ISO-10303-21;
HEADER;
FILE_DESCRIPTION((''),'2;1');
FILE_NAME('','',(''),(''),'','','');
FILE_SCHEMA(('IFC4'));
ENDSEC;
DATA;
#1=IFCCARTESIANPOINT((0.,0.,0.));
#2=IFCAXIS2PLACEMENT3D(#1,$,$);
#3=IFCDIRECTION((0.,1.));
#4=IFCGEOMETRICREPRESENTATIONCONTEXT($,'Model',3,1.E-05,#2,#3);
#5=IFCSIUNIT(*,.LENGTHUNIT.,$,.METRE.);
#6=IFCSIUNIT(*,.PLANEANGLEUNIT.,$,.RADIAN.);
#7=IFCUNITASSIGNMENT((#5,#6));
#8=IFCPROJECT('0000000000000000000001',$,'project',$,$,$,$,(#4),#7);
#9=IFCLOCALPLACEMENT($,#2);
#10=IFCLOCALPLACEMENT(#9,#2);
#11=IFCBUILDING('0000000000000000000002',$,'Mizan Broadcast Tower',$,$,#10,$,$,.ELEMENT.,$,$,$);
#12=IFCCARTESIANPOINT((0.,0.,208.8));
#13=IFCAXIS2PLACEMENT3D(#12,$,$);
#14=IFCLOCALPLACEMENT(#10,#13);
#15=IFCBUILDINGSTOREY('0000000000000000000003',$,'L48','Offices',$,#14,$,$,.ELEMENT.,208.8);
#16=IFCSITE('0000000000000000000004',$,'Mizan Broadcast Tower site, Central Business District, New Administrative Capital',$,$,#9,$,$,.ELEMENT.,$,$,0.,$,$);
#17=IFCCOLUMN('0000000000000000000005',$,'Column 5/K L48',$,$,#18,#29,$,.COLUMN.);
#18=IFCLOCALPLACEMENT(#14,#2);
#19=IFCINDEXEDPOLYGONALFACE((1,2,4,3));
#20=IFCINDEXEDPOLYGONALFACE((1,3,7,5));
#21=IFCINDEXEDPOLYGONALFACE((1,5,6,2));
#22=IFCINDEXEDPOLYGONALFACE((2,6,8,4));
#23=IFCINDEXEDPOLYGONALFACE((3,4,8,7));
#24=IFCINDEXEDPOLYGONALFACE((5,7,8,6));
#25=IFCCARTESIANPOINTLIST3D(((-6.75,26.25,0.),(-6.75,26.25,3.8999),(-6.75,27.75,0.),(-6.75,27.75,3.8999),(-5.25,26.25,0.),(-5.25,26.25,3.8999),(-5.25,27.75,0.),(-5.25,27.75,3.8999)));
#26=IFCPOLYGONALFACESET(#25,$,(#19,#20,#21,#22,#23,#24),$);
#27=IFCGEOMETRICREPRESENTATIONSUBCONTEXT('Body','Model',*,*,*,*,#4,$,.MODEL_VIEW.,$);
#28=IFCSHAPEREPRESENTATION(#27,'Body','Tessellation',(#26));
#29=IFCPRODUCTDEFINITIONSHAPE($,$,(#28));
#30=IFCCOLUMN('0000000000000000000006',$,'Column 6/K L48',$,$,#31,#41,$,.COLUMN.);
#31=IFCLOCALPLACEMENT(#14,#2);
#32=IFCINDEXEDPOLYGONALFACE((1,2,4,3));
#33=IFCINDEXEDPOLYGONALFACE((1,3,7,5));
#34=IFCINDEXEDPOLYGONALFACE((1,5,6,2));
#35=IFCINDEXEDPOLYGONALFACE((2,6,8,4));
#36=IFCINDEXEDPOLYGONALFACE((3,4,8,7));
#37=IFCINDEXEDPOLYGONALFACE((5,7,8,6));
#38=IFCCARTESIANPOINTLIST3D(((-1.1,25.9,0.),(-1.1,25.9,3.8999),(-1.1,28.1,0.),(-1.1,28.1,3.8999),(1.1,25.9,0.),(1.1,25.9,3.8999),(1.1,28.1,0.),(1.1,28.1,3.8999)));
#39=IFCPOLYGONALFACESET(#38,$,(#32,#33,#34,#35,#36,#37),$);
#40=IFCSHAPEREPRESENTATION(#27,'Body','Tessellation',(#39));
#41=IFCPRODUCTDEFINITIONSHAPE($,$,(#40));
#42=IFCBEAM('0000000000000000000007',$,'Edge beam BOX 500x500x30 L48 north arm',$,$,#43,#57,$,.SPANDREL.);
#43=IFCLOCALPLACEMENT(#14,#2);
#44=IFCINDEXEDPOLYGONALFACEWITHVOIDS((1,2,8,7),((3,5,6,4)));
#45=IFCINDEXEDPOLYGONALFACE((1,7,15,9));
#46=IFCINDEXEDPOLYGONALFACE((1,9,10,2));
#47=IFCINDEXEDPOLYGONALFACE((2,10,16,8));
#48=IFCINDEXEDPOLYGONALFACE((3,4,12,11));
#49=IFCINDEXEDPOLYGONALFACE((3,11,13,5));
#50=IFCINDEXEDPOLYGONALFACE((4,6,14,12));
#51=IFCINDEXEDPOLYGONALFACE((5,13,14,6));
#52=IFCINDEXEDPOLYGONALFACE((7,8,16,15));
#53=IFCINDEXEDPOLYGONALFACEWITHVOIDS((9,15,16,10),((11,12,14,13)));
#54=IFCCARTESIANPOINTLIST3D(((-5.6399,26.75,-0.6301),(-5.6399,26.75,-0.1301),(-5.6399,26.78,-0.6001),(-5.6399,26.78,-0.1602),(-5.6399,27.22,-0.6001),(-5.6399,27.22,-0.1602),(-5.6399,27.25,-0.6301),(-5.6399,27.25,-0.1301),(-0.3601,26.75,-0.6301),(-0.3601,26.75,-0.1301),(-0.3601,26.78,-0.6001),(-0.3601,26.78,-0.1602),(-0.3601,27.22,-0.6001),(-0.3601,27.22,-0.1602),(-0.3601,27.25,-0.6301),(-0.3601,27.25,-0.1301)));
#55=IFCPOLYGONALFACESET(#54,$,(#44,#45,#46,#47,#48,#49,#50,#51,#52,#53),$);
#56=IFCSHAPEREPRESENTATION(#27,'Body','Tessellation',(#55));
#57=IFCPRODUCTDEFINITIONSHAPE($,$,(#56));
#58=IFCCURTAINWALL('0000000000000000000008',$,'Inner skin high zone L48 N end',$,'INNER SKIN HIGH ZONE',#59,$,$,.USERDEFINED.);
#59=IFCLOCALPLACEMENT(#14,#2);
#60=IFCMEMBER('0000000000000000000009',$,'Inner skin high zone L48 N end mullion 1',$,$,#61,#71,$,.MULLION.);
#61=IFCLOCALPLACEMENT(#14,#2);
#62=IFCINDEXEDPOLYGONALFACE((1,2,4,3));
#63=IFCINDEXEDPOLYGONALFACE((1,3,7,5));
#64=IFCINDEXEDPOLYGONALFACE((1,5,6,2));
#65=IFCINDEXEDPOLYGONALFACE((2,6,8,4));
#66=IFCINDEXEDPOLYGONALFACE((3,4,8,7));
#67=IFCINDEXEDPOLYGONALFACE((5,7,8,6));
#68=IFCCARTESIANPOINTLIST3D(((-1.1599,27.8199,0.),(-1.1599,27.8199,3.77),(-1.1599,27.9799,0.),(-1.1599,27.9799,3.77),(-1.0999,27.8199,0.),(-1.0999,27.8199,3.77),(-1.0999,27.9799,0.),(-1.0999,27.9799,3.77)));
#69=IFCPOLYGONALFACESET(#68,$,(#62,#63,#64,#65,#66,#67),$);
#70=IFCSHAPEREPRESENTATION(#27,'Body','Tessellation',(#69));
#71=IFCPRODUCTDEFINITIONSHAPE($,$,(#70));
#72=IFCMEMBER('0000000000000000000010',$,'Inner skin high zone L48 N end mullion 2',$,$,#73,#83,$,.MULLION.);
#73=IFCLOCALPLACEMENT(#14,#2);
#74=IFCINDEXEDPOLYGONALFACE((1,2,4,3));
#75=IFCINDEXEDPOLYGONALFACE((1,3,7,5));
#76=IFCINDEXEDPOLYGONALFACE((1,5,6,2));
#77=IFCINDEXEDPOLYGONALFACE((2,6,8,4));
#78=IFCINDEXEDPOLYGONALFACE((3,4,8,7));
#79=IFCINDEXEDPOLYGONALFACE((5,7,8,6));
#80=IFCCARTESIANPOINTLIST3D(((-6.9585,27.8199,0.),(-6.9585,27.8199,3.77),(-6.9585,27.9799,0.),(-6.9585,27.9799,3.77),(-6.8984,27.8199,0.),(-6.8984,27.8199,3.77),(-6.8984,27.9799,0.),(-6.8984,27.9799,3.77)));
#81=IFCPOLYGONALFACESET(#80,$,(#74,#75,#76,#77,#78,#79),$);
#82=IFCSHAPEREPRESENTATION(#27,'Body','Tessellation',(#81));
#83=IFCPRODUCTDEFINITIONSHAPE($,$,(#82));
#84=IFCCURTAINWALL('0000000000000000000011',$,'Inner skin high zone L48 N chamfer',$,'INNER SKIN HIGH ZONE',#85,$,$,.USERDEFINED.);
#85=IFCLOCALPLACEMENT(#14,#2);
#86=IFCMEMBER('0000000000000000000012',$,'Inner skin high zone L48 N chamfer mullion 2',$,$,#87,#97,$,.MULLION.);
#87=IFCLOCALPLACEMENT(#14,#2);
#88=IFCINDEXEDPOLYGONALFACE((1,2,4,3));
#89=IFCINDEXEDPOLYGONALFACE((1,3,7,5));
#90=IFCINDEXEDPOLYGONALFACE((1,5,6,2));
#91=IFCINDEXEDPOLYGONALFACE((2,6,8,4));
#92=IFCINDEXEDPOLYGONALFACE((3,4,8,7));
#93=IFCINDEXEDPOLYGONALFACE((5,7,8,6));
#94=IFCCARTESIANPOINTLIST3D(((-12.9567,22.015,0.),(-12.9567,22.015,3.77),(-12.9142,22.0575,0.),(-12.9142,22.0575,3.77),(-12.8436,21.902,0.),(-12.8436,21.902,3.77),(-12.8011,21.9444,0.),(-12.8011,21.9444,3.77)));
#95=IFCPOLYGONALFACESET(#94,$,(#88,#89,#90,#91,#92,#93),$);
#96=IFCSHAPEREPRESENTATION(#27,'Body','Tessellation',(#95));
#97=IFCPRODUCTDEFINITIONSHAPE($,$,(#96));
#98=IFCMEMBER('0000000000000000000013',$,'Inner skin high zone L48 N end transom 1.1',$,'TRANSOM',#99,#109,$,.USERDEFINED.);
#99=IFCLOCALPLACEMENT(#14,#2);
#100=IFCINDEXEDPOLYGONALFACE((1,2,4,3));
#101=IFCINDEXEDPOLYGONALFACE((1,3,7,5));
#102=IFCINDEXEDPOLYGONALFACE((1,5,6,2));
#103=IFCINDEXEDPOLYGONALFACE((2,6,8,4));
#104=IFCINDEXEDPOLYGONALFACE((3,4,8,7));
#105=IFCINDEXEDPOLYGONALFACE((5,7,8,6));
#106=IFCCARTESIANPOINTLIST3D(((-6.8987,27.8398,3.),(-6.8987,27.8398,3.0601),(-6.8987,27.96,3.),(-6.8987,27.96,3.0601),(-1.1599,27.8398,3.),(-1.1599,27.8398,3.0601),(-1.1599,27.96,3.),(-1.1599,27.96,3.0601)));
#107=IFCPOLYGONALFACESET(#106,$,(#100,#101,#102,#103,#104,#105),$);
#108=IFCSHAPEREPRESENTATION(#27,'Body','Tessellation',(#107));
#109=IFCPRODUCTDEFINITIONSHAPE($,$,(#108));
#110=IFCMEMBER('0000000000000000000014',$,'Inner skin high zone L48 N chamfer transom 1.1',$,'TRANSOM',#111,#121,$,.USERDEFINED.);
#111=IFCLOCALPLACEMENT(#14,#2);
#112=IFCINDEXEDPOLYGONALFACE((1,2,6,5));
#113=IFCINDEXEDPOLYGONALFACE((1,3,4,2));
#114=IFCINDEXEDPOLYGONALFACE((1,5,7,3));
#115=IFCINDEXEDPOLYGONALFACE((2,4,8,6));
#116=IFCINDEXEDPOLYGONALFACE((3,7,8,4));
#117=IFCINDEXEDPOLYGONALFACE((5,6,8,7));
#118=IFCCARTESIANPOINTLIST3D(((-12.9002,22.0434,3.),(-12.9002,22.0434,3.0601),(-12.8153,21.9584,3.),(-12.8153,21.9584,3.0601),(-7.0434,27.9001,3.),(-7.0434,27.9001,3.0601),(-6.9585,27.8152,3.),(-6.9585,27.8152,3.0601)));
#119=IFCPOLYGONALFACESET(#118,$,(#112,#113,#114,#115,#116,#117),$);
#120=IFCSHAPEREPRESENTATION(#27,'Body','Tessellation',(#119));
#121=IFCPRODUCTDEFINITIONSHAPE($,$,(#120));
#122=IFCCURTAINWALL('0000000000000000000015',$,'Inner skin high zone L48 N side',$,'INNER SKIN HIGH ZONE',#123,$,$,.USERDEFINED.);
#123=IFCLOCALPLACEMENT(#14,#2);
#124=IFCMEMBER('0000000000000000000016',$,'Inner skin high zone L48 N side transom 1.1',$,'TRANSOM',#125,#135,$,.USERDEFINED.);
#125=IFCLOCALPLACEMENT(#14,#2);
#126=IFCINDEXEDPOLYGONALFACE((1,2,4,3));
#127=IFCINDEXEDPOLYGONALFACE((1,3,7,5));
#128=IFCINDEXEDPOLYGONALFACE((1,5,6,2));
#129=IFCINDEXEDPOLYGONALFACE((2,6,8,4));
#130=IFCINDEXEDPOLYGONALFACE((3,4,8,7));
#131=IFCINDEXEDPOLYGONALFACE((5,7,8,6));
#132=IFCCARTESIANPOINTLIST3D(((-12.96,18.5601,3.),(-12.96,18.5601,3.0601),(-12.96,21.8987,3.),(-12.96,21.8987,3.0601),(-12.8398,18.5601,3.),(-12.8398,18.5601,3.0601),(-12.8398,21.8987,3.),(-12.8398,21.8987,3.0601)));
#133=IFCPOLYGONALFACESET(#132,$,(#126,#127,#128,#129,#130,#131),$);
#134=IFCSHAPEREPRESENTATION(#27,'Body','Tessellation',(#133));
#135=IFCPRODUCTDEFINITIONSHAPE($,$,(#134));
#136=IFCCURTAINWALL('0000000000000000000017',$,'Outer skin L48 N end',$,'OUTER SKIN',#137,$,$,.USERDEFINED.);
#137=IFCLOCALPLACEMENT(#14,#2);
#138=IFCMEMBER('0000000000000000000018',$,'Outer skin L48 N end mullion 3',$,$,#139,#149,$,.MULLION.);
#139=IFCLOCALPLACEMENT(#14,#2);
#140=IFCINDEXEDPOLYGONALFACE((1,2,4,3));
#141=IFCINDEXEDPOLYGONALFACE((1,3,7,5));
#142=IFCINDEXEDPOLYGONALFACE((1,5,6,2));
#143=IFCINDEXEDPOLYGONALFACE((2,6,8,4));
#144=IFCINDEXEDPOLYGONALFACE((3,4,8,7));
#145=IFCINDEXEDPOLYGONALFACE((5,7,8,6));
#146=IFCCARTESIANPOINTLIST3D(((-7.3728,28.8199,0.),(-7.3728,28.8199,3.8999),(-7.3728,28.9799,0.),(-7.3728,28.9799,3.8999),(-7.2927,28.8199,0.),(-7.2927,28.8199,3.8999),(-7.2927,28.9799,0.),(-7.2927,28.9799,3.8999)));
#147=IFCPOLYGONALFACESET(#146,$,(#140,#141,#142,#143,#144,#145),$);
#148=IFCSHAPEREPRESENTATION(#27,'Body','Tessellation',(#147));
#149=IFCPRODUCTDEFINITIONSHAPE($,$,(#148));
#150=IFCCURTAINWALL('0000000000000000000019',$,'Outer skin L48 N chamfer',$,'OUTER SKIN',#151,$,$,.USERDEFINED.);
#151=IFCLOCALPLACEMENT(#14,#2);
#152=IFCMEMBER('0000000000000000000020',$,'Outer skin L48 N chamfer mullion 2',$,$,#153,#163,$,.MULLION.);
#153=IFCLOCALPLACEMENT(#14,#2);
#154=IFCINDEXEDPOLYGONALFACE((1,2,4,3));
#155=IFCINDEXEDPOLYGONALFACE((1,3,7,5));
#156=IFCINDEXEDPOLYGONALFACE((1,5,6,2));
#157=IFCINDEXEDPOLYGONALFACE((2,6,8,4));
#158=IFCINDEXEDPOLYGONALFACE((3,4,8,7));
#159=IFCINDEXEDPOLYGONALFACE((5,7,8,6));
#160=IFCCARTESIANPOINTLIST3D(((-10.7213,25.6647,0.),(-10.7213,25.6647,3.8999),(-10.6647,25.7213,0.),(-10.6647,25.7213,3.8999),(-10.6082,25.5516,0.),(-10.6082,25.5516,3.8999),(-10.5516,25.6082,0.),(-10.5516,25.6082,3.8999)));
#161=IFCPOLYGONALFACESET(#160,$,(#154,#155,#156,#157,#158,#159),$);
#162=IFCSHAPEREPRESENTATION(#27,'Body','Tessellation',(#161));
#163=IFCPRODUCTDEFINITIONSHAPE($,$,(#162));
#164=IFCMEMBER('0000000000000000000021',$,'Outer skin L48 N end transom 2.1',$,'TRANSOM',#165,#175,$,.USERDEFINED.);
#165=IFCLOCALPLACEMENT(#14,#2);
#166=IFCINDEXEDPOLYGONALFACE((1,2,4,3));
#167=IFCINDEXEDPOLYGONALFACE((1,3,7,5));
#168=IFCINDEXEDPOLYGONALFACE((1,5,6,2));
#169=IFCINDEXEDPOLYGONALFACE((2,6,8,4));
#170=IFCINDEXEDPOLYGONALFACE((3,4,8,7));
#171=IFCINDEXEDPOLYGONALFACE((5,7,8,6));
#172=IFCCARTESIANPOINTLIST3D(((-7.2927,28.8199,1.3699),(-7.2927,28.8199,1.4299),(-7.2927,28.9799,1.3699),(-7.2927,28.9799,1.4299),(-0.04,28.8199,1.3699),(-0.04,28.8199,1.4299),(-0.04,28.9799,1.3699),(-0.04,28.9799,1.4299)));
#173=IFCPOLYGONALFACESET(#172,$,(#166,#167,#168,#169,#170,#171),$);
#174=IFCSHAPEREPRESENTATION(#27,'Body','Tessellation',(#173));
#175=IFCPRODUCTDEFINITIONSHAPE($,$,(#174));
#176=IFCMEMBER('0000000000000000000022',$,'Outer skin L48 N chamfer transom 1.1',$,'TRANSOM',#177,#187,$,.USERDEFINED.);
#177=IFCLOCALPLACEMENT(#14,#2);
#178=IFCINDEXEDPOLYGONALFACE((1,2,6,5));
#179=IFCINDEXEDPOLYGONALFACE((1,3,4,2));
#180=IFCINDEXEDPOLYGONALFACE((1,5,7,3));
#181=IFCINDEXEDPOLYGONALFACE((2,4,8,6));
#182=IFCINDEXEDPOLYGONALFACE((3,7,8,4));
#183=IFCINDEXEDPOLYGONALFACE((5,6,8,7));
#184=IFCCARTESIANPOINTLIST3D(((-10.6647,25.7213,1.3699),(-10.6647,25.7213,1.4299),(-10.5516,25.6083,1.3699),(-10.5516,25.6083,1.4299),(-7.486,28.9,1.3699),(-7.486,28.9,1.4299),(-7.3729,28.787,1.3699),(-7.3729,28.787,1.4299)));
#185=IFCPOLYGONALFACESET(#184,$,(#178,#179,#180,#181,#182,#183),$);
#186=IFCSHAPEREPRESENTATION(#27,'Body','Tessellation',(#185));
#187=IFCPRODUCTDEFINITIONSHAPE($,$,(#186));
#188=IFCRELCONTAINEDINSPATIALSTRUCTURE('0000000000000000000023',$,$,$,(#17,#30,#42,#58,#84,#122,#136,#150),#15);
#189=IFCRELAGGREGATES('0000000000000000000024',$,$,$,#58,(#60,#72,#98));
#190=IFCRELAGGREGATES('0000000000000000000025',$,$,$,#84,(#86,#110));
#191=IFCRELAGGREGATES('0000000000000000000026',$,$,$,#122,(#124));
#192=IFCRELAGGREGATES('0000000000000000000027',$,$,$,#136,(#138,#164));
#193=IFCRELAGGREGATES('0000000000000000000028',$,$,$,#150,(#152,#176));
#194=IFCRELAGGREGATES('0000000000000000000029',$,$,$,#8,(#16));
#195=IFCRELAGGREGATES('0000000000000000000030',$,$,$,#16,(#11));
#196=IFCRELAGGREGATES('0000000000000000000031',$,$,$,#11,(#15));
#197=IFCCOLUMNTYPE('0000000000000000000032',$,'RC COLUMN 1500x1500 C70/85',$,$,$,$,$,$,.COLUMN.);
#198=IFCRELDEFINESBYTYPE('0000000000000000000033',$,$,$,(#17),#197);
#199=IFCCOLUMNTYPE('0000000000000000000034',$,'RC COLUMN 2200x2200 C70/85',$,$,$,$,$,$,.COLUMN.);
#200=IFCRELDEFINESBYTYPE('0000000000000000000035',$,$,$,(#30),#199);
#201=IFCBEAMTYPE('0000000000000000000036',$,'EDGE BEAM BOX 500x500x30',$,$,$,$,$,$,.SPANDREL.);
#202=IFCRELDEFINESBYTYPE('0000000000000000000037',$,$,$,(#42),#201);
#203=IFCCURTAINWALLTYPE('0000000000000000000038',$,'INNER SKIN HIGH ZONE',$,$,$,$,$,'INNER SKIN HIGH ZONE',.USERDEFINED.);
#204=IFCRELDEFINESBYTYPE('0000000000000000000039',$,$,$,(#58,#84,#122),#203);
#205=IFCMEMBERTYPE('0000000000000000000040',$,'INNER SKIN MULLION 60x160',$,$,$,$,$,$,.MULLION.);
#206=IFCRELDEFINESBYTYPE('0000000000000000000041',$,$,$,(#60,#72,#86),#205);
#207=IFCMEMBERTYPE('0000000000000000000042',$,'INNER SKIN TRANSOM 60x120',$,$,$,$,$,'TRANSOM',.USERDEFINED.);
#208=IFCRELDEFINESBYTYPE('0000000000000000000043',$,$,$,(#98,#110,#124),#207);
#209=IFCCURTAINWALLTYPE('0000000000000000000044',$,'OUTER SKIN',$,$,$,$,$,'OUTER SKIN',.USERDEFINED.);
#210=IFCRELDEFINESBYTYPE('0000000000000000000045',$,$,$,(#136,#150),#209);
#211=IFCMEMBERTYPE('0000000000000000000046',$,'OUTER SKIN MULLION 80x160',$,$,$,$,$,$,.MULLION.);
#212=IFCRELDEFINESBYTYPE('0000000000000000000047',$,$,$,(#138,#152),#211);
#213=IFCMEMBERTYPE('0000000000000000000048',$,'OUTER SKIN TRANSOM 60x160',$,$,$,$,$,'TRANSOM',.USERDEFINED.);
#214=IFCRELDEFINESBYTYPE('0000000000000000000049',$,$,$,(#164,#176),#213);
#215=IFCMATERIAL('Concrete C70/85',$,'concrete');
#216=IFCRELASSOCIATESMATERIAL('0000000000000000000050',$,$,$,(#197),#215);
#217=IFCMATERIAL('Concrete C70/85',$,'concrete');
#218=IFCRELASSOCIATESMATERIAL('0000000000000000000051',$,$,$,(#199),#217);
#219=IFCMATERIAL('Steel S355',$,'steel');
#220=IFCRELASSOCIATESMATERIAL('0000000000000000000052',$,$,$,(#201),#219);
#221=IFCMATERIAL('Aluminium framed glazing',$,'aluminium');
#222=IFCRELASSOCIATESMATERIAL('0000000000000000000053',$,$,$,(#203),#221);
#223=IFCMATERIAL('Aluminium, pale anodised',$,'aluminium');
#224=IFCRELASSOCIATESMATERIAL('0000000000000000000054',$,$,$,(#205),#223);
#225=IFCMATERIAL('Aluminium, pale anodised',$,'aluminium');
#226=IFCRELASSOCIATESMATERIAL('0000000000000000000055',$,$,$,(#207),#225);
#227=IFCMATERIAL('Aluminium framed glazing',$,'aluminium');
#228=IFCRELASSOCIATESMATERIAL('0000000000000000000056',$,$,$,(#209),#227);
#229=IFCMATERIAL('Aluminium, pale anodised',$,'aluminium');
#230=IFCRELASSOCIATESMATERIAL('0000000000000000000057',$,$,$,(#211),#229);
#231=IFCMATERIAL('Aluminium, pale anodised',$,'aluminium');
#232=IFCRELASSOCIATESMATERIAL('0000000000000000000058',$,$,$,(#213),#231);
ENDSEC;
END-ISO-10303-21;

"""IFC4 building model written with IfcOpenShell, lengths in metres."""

from ifc_helpers import new_model, si_unit, direction, frame, origin, origin_2d, place, context, subcontext, project, spatial, rectangle, hollow_rectangle, extrude, material, material_profile, profile_set, type_object, element, aggregate, save


model = new_model("IFC4")

# Units and contexts
model_context = context("Model", 3, precision=1e-05, world=origin(), true_north=direction((0.0, 1.0)))
body_context = subcontext(model_context, "Body", "Model", "MODEL_VIEW")
ifc_project = project(units=[si_unit("LENGTHUNIT", "METRE"), si_unit("PLANEANGLEUNIT", "RADIAN")], contexts=[model_context])

# Site, building, storey
site_placement = place(None, origin())
site = spatial("IfcSite", under=ifc_project, at=site_placement, Name="Mizan Broadcast Tower site, Central Business District, New Administrative Capital", CompositionType="ELEMENT", RefElevation=0.0)
building_placement = place(site_placement, origin())
building = spatial("IfcBuilding", under=site, at=building_placement, Name="Mizan Broadcast Tower", CompositionType="ELEMENT")
storey_placement = place(building_placement, frame((0.0, 0.0, 208.8)))
storey = spatial("IfcBuildingStorey", under=building, at=storey_placement, Name="L48", Description="Offices", CompositionType="ELEMENT", Elevation=208.8)

# Columns
ifc_material_1 = material(Name="Concrete C70/85", Category="concrete")
ifc_material_profile_1 = material_profile(ifc_material_1, rectangle(XDim=1.5, YDim=1.5, at=origin_2d()), Name="RC 1500x1500")
ifc_profile_set_1 = profile_set([ifc_material_profile_1], Name="Concrete C70/85")
column_type_1 = type_object("IfcColumnType", Name="RC COLUMN 1500x1500 C70/85", PredefinedType="COLUMN", material=ifc_profile_set_1)
column_1_placement = place(storey_placement, frame((-6.0, 27.0, 0.0), z_axis=(0.0, 0.0, 1.0), x_axis=(1.0, 0.0, 0.0)))
element("IfcColumn", 1, at=column_1_placement, inside=storey, type_object=column_type_1, Name="Column 5/K L48", PredefinedType="COLUMN", context=body_context, shape_type="SweptSolid", body=[
    extrude(rectangle(XDim=1.5, YDim=1.5, at=origin_2d()), origin(), (0.0, 0.0, 1.0), 3.8999),
])
ifc_material_2 = material(Name="Concrete C70/85", Category="concrete")
ifc_material_profile_2 = material_profile(ifc_material_2, rectangle(XDim=2.2, YDim=2.2, at=origin_2d()), Name="RC 2200x2200")
ifc_profile_set_2 = profile_set([ifc_material_profile_2], Name="Concrete C70/85")
column_type_2 = type_object("IfcColumnType", Name="RC COLUMN 2200x2200 C70/85", PredefinedType="COLUMN", material=ifc_profile_set_2)
column_2_placement = place(storey_placement, frame((0.0, 27.0, 0.0), z_axis=(0.0, 0.0, 1.0), x_axis=(1.0, 0.0, 0.0)))
element("IfcColumn", 2, at=column_2_placement, inside=storey, type_object=column_type_2, Name="Column 6/K L48", PredefinedType="COLUMN", context=body_context, shape_type="SweptSolid", body=[
    extrude(rectangle(XDim=2.2, YDim=2.2, at=origin_2d()), origin(), (0.0, 0.0, 1.0), 3.8999),
])

# Beam
ifc_material_3 = material(Name="Steel S355", Category="steel")
ifc_material_profile_3 = material_profile(ifc_material_3, hollow_rectangle(XDim=0.5, YDim=0.5, WallThickness=0.03, at=origin_2d()), Name="BOX 500x500x30")
ifc_profile_set_3 = profile_set([ifc_material_profile_3], Name="Steel S355")
beam_type_1 = type_object("IfcBeamType", Name="EDGE BEAM BOX 500x500x30", PredefinedType="SPANDREL", material=ifc_profile_set_3)
beam_1_placement = place(storey_placement, frame((-5.6399, 27.0, -0.3801), z_axis=(1.0, 0.0, 0.0), x_axis=(0.0, 1.0, 0.0)))
element("IfcBeam", 3, at=beam_1_placement, inside=storey, type_object=beam_type_1, Name="Edge beam BOX 500x500x30 L48 north arm", PredefinedType="SPANDREL", context=body_context, shape_type="SweptSolid", body=[
    extrude(hollow_rectangle(XDim=0.5, YDim=0.5, WallThickness=0.03, at=origin_2d()), origin(), (0.0, 0.0, 1.0), 5.2798),
])

# Curtain wall, members
ifc_material_4 = material(Name="Aluminium framed glazing", Category="aluminium")
curtain_wall_type_1 = type_object("IfcCurtainWallType", Name="INNER SKIN HIGH ZONE", ElementType="INNER SKIN HIGH ZONE", PredefinedType="USERDEFINED", material=ifc_material_4)
curtain_wall_1_placement = place(storey_placement, origin())
curtain_wall_1 = element("IfcCurtainWall", 4, at=curtain_wall_1_placement, inside=storey, type_object=curtain_wall_type_1, Name="Inner skin high zone L48 N end", ObjectType="INNER SKIN HIGH ZONE", PredefinedType="USERDEFINED")
ifc_material_5 = material(Name="Aluminium, pale anodised", Category="aluminium")
ifc_material_profile_4 = material_profile(ifc_material_5, rectangle(XDim=0.1599, YDim=0.0601, at=origin_2d()), Name="MULLION 160x60")
ifc_profile_set_4 = profile_set([ifc_material_profile_4], Name="Aluminium, pale anodised")
member_type_1 = type_object("IfcMemberType", Name="INNER SKIN MULLION 60x160", PredefinedType="MULLION", material=ifc_profile_set_4)
member_1_placement = place(storey_placement, frame((-1.1299, 27.8999, 0.0), z_axis=(0.0, 0.0, 1.0), x_axis=(0.0, -1.0, 0.0)))
member_1 = element("IfcMember", 5, at=member_1_placement, type_object=member_type_1, Name="Inner skin high zone L48 N end mullion 1", PredefinedType="MULLION", context=body_context, shape_type="SweptSolid", body=[
    extrude(rectangle(XDim=0.1599, YDim=0.0601, at=origin_2d()), origin(), (0.0, 0.0, 1.0), 3.77),
])
member_2_placement = place(storey_placement, frame((-6.9285, 27.8999, 0.0), z_axis=(0.0, 0.0, 1.0), x_axis=(0.0, -1.0, 0.0)))
member_2 = element("IfcMember", 6, at=member_2_placement, type_object=member_type_1, Name="Inner skin high zone L48 N end mullion 2", PredefinedType="MULLION", context=body_context, shape_type="SweptSolid", body=[
    extrude(rectangle(XDim=0.1599, YDim=0.0601, at=origin_2d()), origin(), (0.0, 0.0, 1.0), 3.77),
])

# Curtain wall, member
curtain_wall_2_placement = place(storey_placement, origin())
curtain_wall_2 = element("IfcCurtainWall", 7, at=curtain_wall_2_placement, inside=storey, type_object=curtain_wall_type_1, Name="Inner skin high zone L48 N chamfer", ObjectType="INNER SKIN HIGH ZONE", PredefinedType="USERDEFINED")
member_3_placement = place(storey_placement, frame((-12.8789, 21.9797, 0.0), z_axis=(0.0, 0.0, 1.0), x_axis=(0.707107, -0.707107, 0.0)))
member_3 = element("IfcMember", 8, at=member_3_placement, type_object=member_type_1, Name="Inner skin high zone L48 N chamfer mullion 2", PredefinedType="MULLION", context=body_context, shape_type="SweptSolid", body=[
    extrude(rectangle(XDim=0.1599, YDim=0.0601, at=origin_2d()), origin(), (0.0, 0.0, 1.0), 3.77),
])

# Members
ifc_material_6 = material(Name="Aluminium, pale anodised", Category="aluminium")
ifc_material_profile_5 = material_profile(ifc_material_6, rectangle(XDim=0.1201, YDim=0.0601, at=origin_2d()), Name="TRANSOM 120x60")
ifc_profile_set_5 = profile_set([ifc_material_profile_5], Name="Aluminium, pale anodised")
member_type_2 = type_object("IfcMemberType", Name="INNER SKIN TRANSOM 60x120", ElementType="TRANSOM", PredefinedType="USERDEFINED", material=ifc_profile_set_5)
member_4_placement = place(storey_placement, frame((-1.1599, 27.8999, 3.03), z_axis=(-1.0, 0.0, 0.0), x_axis=(0.0, -1.0, 0.0)))
member_4 = element("IfcMember", 9, at=member_4_placement, type_object=member_type_2, Name="Inner skin high zone L48 N end transom 1.1", ObjectType="TRANSOM", PredefinedType="USERDEFINED", context=body_context, shape_type="SweptSolid", body=[
    extrude(rectangle(XDim=0.1201, YDim=0.0601, at=origin_2d()), origin(), (0.0, 0.0, 1.0), 5.7388),
])
member_5_placement = place(storey_placement, frame((-7.001, 27.8577, 3.03), z_axis=(-0.707107, -0.707107, 0.0), x_axis=(0.707107, -0.707107, 0.0)))
member_5 = element("IfcMember", 10, at=member_5_placement, type_object=member_type_2, Name="Inner skin high zone L48 N chamfer transom 1.1", ObjectType="TRANSOM", PredefinedType="USERDEFINED", context=body_context, shape_type="SweptSolid", body=[
    extrude(rectangle(XDim=0.1201, YDim=0.0601, at=origin_2d()), origin(), (0.0, 0.0, 1.0), 8.2827),
])

# Curtain walls, members
curtain_wall_3_placement = place(storey_placement, origin())
curtain_wall_3 = element("IfcCurtainWall", 11, at=curtain_wall_3_placement, inside=storey, type_object=curtain_wall_type_1, Name="Inner skin high zone L48 N side", ObjectType="INNER SKIN HIGH ZONE", PredefinedType="USERDEFINED")
member_6_placement = place(storey_placement, frame((-12.8999, 21.8987, 3.03), z_axis=(0.0, -1.0, 0.0), x_axis=(1.0, 0.0, 0.0)))
member_6 = element("IfcMember", 12, at=member_6_placement, type_object=member_type_2, Name="Inner skin high zone L48 N side transom 1.1", ObjectType="TRANSOM", PredefinedType="USERDEFINED", context=body_context, shape_type="SweptSolid", body=[
    extrude(rectangle(XDim=0.1201, YDim=0.0601, at=origin_2d()), origin(), (0.0, 0.0, 1.0), 3.3386),
])
ifc_material_7 = material(Name="Aluminium framed glazing", Category="aluminium")
curtain_wall_type_2 = type_object("IfcCurtainWallType", Name="OUTER SKIN", ElementType="OUTER SKIN", PredefinedType="USERDEFINED", material=ifc_material_7)
curtain_wall_4_placement = place(storey_placement, origin())
curtain_wall_4 = element("IfcCurtainWall", 13, at=curtain_wall_4_placement, inside=storey, type_object=curtain_wall_type_2, Name="Outer skin L48 N end", ObjectType="OUTER SKIN", PredefinedType="USERDEFINED")
ifc_material_8 = material(Name="Aluminium, pale anodised", Category="aluminium")
ifc_material_profile_6 = material_profile(ifc_material_8, rectangle(XDim=0.1599, YDim=0.0801, at=origin_2d()), Name="MULLION 160x80")
ifc_profile_set_6 = profile_set([ifc_material_profile_6], Name="Aluminium, pale anodised")
member_type_3 = type_object("IfcMemberType", Name="OUTER SKIN MULLION 80x160", PredefinedType="MULLION", material=ifc_profile_set_6)
member_7_placement = place(storey_placement, frame((-7.3328, 28.8999, 0.0), z_axis=(0.0, 0.0, 1.0), x_axis=(0.0, -1.0, 0.0)))
member_7 = element("IfcMember", 14, at=member_7_placement, type_object=member_type_3, Name="Outer skin L48 N end mullion 3", PredefinedType="MULLION", context=body_context, shape_type="SweptSolid", body=[
    extrude(rectangle(XDim=0.1599, YDim=0.0801, at=origin_2d()), origin(), (0.0, 0.0, 1.0), 3.8999),
])
curtain_wall_5_placement = place(storey_placement, origin())
curtain_wall_5 = element("IfcCurtainWall", 15, at=curtain_wall_5_placement, inside=storey, type_object=curtain_wall_type_2, Name="Outer skin L48 N chamfer", ObjectType="OUTER SKIN", PredefinedType="USERDEFINED")
member_8_placement = place(storey_placement, frame((-10.6365, 25.6365, 0.0), z_axis=(0.0, 0.0, 1.0), x_axis=(0.707107, -0.707107, 0.0)))
member_8 = element("IfcMember", 16, at=member_8_placement, type_object=member_type_3, Name="Outer skin L48 N chamfer mullion 2", PredefinedType="MULLION", context=body_context, shape_type="SweptSolid", body=[
    extrude(rectangle(XDim=0.1599, YDim=0.0801, at=origin_2d()), origin(), (0.0, 0.0, 1.0), 3.8999),
])

# Members
ifc_material_9 = material(Name="Aluminium, pale anodised", Category="aluminium")
ifc_material_profile_7 = material_profile(ifc_material_9, rectangle(XDim=0.1599, YDim=0.0601, at=origin_2d()), Name="TRANSOM 160x60")
ifc_profile_set_7 = profile_set([ifc_material_profile_7], Name="Aluminium, pale anodised")
member_type_4 = type_object("IfcMemberType", Name="OUTER SKIN TRANSOM 60x160", ElementType="TRANSOM", PredefinedType="USERDEFINED", material=ifc_profile_set_7)
member_9_placement = place(storey_placement, frame((-0.04, 28.8999, 1.3999), z_axis=(-1.0, 0.0, 0.0), x_axis=(0.0, -1.0, 0.0)))
member_9 = element("IfcMember", 17, at=member_9_placement, type_object=member_type_4, Name="Outer skin L48 N end transom 2.1", ObjectType="TRANSOM", PredefinedType="USERDEFINED", context=body_context, shape_type="SweptSolid", body=[
    extrude(rectangle(XDim=0.1599, YDim=0.0601, at=origin_2d()), origin(), (0.0, 0.0, 1.0), 7.2527),
])
member_10_placement = place(storey_placement, frame((-7.4294, 28.8435, 1.3999), z_axis=(-0.707107, -0.707107, 0.0), x_axis=(0.707107, -0.707107, 0.0)))
member_10 = element("IfcMember", 18, at=member_10_placement, type_object=member_type_4, Name="Outer skin L48 N chamfer transom 1.1", ObjectType="TRANSOM", PredefinedType="USERDEFINED", context=body_context, shape_type="SweptSolid", body=[
    extrude(rectangle(XDim=0.1599, YDim=0.0601, at=origin_2d()), origin(), (0.0, 0.0, 1.0), 4.4954),
])

aggregate(curtain_wall_1, [member_1, member_2, member_4])
aggregate(curtain_wall_2, [member_3, member_5])
aggregate(curtain_wall_3, [member_6])
aggregate(curtain_wall_4, [member_7, member_9])
aggregate(curtain_wall_5, [member_8, member_10])

save(model, "model.ifc")
